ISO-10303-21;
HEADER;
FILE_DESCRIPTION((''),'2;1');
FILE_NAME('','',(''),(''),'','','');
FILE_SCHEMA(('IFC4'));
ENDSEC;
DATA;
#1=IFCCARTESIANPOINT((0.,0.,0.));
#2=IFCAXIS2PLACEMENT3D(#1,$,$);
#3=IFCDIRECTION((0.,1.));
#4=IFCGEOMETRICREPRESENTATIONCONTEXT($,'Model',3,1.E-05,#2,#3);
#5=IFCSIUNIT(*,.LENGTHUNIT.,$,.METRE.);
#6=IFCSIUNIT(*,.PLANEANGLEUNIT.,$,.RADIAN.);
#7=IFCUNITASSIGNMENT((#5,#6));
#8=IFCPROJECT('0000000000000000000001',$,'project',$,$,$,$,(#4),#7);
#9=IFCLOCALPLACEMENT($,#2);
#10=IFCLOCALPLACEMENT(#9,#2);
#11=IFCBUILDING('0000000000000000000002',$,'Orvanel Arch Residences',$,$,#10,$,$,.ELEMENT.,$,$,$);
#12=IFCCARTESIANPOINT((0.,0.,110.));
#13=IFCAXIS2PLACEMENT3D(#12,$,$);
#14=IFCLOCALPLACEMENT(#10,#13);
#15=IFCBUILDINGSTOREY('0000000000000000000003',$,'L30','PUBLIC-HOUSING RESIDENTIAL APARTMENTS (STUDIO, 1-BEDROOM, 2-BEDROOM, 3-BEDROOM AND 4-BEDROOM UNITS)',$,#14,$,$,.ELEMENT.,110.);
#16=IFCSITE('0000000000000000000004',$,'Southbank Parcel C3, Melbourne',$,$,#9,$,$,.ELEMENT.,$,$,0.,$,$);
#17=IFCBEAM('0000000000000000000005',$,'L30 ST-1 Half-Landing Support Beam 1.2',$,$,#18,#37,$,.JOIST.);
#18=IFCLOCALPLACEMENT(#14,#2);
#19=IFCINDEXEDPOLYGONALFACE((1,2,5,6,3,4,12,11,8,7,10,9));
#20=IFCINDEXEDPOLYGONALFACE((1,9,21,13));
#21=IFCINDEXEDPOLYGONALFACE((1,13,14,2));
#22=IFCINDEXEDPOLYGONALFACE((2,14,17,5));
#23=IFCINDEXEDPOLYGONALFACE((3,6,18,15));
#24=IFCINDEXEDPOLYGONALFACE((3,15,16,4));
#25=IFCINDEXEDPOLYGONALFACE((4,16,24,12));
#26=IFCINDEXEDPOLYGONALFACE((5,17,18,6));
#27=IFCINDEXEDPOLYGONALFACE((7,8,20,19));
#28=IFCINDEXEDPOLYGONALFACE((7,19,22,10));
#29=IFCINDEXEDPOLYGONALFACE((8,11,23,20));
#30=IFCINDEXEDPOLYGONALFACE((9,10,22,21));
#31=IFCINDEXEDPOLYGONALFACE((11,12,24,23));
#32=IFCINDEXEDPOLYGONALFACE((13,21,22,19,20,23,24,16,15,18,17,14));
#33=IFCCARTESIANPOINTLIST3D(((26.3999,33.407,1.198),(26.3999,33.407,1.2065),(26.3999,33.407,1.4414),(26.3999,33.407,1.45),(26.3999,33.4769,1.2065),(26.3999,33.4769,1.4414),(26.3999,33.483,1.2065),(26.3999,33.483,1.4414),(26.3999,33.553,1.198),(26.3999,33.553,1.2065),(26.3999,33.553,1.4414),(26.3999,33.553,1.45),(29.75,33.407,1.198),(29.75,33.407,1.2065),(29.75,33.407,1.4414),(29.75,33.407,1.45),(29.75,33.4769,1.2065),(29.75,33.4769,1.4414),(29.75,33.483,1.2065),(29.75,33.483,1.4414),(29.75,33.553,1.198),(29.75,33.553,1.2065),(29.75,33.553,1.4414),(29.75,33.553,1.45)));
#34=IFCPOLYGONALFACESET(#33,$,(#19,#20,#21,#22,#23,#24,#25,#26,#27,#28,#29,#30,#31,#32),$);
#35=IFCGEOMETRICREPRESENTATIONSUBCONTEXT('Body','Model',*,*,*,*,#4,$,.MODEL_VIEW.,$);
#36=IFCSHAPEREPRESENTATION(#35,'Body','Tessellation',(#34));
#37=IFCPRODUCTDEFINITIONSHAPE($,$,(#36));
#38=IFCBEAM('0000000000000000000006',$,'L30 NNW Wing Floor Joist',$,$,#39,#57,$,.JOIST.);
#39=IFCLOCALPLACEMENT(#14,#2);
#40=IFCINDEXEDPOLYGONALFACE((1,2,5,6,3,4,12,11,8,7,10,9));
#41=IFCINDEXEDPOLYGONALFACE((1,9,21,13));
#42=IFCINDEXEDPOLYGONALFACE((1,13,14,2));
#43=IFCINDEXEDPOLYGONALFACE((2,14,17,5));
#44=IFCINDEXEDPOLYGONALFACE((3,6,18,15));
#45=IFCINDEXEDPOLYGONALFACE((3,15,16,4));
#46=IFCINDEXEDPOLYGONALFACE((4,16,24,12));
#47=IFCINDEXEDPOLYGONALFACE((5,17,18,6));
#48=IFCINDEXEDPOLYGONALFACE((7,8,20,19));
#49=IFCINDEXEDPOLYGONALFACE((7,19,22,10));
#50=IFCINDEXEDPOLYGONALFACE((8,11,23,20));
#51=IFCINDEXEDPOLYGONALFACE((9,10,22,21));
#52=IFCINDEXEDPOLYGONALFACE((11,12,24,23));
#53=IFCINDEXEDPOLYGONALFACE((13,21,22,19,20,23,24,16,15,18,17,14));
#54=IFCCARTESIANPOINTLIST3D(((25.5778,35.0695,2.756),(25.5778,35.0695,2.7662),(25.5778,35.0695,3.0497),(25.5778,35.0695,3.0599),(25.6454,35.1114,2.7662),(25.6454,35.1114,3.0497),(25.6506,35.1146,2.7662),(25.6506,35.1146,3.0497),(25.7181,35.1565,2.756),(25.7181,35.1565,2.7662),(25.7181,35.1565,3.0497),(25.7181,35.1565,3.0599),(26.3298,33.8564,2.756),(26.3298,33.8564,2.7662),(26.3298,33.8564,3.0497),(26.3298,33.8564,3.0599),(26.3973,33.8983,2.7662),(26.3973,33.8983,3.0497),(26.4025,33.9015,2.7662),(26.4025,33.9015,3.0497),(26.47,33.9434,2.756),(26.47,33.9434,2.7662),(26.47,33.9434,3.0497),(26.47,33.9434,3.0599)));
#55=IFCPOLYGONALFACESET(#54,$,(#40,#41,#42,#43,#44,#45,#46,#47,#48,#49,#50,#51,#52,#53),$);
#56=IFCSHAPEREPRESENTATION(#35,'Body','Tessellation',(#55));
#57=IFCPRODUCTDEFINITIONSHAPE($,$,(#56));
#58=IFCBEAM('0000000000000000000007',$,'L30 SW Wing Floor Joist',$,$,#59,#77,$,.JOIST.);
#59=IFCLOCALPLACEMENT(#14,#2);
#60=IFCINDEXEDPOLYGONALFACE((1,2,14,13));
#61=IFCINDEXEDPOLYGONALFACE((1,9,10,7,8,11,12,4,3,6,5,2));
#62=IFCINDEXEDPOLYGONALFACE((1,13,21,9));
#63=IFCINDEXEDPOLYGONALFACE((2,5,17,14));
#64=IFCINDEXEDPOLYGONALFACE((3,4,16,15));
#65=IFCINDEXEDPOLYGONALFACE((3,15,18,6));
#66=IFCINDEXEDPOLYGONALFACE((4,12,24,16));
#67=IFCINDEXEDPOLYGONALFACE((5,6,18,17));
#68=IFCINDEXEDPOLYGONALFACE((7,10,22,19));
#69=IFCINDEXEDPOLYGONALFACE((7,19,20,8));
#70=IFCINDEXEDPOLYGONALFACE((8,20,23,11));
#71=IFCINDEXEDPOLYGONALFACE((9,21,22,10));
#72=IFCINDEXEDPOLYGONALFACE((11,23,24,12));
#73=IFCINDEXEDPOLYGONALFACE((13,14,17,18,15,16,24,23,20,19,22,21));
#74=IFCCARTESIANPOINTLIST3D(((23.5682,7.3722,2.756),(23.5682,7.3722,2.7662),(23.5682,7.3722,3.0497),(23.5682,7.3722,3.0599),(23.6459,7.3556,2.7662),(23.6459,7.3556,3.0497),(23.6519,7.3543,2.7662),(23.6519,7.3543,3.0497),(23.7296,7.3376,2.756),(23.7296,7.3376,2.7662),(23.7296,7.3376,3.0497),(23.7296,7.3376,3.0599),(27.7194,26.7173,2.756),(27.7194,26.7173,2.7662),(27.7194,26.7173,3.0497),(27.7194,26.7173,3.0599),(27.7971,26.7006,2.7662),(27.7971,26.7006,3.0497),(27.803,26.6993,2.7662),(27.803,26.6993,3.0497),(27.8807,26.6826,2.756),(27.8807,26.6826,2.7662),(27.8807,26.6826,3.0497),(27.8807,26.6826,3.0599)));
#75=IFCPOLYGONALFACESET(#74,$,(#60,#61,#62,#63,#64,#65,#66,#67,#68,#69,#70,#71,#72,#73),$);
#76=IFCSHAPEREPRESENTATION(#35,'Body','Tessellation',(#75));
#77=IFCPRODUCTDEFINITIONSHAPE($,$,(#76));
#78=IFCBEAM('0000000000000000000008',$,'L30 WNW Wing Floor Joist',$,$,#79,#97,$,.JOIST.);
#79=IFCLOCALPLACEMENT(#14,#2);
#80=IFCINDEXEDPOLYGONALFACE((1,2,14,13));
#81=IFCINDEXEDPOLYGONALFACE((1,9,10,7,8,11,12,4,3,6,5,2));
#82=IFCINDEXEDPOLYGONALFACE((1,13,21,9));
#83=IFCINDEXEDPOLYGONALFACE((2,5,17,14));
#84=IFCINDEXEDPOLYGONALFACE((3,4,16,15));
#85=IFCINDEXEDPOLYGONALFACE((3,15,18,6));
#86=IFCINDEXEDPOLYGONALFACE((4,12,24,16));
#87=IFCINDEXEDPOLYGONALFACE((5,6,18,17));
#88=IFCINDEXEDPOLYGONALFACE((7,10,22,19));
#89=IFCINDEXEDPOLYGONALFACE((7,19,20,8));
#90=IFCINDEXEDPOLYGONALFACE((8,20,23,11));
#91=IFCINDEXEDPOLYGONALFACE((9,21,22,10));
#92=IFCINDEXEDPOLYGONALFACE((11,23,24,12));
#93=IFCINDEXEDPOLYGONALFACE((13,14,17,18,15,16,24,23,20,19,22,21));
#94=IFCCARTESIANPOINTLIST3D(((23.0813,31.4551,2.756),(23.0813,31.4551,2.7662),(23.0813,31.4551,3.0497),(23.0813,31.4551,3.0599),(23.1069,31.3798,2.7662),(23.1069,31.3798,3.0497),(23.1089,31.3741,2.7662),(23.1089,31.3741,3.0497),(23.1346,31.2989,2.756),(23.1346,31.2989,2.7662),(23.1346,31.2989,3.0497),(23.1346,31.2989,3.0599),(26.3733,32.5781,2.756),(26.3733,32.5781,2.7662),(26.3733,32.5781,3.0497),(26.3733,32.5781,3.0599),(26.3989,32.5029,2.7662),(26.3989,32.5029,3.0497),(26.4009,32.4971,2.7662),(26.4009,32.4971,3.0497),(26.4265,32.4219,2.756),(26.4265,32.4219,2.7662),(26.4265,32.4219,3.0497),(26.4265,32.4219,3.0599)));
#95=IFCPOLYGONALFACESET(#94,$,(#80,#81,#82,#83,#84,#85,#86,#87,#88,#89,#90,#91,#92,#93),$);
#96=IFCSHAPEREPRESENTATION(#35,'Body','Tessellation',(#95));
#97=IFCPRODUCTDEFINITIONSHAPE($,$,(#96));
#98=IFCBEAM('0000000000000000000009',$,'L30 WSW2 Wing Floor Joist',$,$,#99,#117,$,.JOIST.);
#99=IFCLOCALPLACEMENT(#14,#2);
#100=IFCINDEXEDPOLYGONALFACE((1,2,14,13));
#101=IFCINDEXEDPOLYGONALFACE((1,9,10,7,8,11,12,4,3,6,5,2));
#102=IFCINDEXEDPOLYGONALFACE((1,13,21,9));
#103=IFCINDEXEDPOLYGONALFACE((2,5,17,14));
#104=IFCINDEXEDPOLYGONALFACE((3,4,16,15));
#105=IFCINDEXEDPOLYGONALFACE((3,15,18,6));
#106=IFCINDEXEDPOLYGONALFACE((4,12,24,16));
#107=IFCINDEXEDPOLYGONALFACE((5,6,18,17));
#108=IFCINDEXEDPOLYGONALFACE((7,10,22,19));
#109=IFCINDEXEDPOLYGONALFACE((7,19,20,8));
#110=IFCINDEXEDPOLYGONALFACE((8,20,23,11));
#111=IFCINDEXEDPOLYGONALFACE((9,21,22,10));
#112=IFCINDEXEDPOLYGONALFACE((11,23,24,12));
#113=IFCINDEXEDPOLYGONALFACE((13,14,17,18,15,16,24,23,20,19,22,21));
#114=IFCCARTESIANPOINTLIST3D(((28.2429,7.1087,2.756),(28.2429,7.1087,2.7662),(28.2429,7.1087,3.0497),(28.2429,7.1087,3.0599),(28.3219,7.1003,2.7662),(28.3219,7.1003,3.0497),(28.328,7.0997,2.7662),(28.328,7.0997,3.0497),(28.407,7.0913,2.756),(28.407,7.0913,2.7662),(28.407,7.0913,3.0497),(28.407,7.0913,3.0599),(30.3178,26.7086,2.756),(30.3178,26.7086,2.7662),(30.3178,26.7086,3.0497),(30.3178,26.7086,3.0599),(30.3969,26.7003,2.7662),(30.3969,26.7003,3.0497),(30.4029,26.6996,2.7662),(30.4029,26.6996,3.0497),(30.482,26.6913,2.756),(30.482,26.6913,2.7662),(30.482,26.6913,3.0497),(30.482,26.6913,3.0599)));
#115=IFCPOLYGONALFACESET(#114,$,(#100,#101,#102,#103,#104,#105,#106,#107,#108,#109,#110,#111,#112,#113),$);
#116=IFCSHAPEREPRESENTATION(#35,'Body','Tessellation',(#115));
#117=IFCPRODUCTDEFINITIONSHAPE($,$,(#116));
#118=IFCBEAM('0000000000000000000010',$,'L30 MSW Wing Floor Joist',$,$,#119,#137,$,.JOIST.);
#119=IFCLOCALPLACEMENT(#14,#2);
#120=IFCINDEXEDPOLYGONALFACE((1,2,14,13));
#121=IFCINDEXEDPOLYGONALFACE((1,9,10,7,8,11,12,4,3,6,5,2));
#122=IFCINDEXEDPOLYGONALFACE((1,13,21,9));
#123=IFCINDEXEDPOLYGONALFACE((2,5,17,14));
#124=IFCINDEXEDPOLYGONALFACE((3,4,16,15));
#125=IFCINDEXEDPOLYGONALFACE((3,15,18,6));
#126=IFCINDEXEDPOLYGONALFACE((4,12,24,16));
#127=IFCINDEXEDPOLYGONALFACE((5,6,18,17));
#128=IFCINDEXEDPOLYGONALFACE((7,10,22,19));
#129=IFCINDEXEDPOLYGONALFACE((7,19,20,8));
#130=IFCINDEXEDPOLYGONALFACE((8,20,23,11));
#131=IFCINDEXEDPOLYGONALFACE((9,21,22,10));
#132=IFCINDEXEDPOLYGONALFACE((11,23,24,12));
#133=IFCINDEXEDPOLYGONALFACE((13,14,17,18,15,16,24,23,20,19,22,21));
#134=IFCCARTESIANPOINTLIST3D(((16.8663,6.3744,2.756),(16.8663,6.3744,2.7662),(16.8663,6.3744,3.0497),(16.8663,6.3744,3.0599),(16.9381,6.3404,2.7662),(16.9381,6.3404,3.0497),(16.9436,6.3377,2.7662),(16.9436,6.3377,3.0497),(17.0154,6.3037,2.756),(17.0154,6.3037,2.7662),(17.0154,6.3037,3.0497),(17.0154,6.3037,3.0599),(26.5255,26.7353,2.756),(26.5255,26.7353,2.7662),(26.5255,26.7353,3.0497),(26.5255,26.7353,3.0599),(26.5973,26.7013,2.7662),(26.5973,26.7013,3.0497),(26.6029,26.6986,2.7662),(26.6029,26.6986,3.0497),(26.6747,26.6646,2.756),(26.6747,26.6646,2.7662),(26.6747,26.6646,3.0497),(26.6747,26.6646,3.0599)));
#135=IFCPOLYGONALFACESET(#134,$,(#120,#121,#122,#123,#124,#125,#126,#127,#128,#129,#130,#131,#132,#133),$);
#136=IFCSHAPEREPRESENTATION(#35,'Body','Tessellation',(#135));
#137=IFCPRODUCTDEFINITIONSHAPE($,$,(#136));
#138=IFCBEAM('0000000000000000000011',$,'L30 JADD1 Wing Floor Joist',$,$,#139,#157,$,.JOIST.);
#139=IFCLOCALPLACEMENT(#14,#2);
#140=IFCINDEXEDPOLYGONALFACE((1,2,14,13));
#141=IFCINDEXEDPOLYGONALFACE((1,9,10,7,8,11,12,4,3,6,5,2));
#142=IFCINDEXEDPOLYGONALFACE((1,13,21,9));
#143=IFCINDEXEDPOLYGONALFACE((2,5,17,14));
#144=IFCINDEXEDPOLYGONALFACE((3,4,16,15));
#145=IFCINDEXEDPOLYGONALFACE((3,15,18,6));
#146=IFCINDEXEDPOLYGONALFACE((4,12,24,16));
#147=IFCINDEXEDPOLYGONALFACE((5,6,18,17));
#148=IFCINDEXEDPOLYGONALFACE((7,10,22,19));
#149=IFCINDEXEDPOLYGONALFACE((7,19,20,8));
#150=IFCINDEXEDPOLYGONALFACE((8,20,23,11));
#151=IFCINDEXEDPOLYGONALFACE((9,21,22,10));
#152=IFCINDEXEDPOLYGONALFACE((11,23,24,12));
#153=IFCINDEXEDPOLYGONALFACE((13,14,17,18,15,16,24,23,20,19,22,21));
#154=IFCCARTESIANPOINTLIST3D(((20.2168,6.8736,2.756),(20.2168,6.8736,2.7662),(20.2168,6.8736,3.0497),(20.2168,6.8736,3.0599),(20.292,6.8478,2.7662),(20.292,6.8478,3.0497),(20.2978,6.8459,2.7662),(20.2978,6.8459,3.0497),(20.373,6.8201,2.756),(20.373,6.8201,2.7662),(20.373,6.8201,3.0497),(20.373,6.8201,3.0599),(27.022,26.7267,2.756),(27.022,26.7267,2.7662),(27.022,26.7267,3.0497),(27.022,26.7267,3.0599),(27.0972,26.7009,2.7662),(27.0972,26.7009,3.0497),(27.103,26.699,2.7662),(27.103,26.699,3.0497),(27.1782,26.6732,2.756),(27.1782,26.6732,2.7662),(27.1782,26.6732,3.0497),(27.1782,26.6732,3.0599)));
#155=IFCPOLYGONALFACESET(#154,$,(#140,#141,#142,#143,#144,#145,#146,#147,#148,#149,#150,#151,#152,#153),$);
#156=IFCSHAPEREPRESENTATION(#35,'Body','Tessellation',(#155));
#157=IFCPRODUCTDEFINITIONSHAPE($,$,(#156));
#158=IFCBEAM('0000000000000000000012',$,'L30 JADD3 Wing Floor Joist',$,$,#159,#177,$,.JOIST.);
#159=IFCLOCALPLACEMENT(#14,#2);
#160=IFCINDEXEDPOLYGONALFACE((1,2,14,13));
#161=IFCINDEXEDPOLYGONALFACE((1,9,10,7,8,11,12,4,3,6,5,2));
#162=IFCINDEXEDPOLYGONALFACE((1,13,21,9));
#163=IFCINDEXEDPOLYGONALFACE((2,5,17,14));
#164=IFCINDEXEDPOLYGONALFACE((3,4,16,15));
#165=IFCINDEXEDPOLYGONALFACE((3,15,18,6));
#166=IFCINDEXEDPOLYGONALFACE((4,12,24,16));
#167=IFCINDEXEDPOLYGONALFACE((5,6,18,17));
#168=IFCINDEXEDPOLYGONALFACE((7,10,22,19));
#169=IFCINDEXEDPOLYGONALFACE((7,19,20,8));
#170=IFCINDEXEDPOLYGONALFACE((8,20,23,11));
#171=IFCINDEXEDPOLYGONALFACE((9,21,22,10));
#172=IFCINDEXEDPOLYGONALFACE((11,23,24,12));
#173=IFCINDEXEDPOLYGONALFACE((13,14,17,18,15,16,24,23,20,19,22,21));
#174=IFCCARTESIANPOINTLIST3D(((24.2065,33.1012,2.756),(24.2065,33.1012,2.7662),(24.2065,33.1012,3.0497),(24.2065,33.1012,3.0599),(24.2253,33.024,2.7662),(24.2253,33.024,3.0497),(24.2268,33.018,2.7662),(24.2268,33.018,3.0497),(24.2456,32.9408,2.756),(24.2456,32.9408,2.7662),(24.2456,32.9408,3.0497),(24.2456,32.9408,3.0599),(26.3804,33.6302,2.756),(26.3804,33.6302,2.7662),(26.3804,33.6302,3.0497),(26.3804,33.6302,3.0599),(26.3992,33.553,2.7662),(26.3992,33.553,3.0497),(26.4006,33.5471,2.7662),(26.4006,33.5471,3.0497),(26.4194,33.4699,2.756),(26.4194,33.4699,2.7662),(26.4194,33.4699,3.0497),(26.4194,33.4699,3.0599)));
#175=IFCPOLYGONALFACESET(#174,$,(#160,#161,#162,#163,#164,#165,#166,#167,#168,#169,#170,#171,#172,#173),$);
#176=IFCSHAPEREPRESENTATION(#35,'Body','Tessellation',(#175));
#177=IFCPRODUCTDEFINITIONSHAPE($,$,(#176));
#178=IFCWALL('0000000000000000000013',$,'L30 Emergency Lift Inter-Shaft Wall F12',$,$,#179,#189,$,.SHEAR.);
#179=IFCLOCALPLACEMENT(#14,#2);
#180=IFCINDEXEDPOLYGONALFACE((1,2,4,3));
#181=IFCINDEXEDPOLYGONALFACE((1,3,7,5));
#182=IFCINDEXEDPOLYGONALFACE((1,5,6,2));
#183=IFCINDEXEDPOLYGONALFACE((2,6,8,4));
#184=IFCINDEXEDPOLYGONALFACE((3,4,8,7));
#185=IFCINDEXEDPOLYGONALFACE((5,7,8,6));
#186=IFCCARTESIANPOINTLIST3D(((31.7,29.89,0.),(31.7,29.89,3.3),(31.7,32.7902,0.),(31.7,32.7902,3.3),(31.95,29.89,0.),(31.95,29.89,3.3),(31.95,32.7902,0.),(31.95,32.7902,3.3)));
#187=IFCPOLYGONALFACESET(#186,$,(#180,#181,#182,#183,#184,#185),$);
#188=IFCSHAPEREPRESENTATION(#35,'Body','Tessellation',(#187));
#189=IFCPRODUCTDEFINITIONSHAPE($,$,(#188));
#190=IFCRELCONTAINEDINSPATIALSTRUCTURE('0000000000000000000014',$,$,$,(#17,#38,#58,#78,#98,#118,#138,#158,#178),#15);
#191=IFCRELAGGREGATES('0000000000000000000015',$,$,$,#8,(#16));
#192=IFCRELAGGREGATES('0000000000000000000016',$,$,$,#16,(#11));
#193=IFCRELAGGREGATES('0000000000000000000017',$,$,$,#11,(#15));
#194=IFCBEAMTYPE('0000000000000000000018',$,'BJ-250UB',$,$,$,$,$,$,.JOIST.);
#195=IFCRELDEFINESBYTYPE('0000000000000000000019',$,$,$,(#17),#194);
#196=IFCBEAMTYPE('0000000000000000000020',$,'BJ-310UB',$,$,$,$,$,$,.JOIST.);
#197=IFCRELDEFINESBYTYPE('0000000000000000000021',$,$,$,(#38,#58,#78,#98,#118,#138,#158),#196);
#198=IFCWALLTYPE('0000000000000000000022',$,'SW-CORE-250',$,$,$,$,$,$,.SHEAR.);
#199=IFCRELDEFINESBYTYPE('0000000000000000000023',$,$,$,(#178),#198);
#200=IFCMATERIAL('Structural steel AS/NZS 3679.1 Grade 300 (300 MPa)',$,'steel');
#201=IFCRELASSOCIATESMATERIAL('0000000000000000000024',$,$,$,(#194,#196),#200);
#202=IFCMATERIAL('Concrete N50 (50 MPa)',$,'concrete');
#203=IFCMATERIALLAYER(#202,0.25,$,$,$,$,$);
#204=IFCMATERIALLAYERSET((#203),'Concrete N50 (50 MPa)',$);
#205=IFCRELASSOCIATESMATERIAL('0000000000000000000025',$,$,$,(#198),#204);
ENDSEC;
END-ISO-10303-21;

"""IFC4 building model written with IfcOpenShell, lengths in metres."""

from ifc_helpers import new_model, si_unit, direction, frame, frame_2d, origin, origin_2d, place, context, subcontext, project, spatial, rectangle, i_section, extrude, material, layer, layer_set, material_profile, profile_set, type_object, element, save


model = new_model("IFC4")

# Units and contexts
model_context = context("Model", 3, precision=1e-05, world=origin(), true_north=direction((0.0, 1.0)))
body_context = subcontext(model_context, "Body", "Model", "MODEL_VIEW")
ifc_project = project(units=[si_unit("LENGTHUNIT", "METRE"), si_unit("PLANEANGLEUNIT", "RADIAN")], contexts=[model_context])

# Site, building, storey
site_placement = place(None, origin())
site = spatial("IfcSite", under=ifc_project, at=site_placement, Name="Southbank Parcel C3, Melbourne", CompositionType="ELEMENT", RefElevation=0.0)
building_placement = place(site_placement, origin())
building = spatial("IfcBuilding", under=site, at=building_placement, Name="Orvanel Arch Residences", CompositionType="ELEMENT")
storey_placement = place(building_placement, frame((0.0, 0.0, 110.0)))
storey = spatial("IfcBuildingStorey", under=building, at=storey_placement, Name="L30", Description="PUBLIC-HOUSING RESIDENTIAL APARTMENTS (STUDIO, 1-BEDROOM, 2-BEDROOM, 3-BEDROOM AND 4-BEDROOM UNITS)", CompositionType="ELEMENT", Elevation=110.0)

# Beams
ifc_material_1 = material(Name="Structural steel AS/NZS 3679.1 Grade 300 (300 MPa)", Category="steel")
ifc_material_profile_1 = material_profile(ifc_material_1, i_section(OverallWidth=0.146, OverallDepth=0.252, WebThickness=0.0061, FlangeThickness=0.0085, at=origin_2d()), Name="250UB31.4")
ifc_profile_set_1 = profile_set([ifc_material_profile_1], Name="Structural steel AS/NZS 3679.1 Grade 300 (300 MPa)")
beam_type_1 = type_object("IfcBeamType", Name="BJ-250UB", PredefinedType="JOIST", material=ifc_profile_set_1)
beam_1_placement = place(storey_placement, frame((26.3999, 33.48, 1.324), z_axis=(1.0, 0.0, 0.0), x_axis=(0.0, 1.0, 0.0)))
element("IfcBeam", 1, at=beam_1_placement, inside=storey, type_object=beam_type_1, Name="L30 ST-1 Half-Landing Support Beam 1.2", PredefinedType="JOIST", context=body_context, shape_type="SweptSolid", body=[
    extrude(i_section(OverallWidth=0.146, OverallDepth=0.252, WebThickness=0.0061, FlangeThickness=0.0085, at=origin_2d()), origin(), (0.0, 0.0, 1.0), 3.3501),
])
ifc_material_profile_2 = material_profile(ifc_material_1, i_section(OverallWidth=0.165, OverallDepth=0.304, WebThickness=0.0061, FlangeThickness=0.0103, at=origin_2d()), Name="310UB40.4")
ifc_profile_set_2 = profile_set([ifc_material_profile_2], Name="Structural steel AS/NZS 3679.1 Grade 300 (300 MPa)")
beam_type_2 = type_object("IfcBeamType", Name="BJ-310UB", PredefinedType="JOIST", material=ifc_profile_set_2)
beam_2_placement = place(storey_placement, frame((26.3999, 33.8999, 2.908), z_axis=(-0.526843, 0.849962, 0.0), x_axis=(-0.849962, -0.526843, 0.0)))
element("IfcBeam", 2, at=beam_2_placement, inside=storey, type_object=beam_type_2, Name="L30 NNW Wing Floor Joist", PredefinedType="JOIST", context=body_context, shape_type="SweptSolid", body=[
    extrude(i_section(OverallWidth=0.165, OverallDepth=0.304, WebThickness=0.0061, FlangeThickness=0.0103, at=origin_2d()), origin(), (0.0, 0.0, 1.0), 1.4272),
])
beam_3_placement = place(storey_placement, frame((27.8, 26.7, 2.908), z_axis=(-0.209808, -0.977743, 0.0), x_axis=(0.977743, -0.209808, 0.0)))
element("IfcBeam", 3, at=beam_3_placement, inside=storey, type_object=beam_type_2, Name="L30 SW Wing Floor Joist", PredefinedType="JOIST", context=body_context, shape_type="SweptSolid", body=[
    extrude(i_section(OverallWidth=0.165, OverallDepth=0.304, WebThickness=0.0061, FlangeThickness=0.0103, at=origin_2d()), origin(), (0.0, 0.0, 1.0), 19.7854),
])
beam_4_placement = place(storey_placement, frame((26.3999, 32.5, 2.908), z_axis=(-0.946442, -0.322874, 0.0), x_axis=(0.322874, -0.946442, 0.0)))
element("IfcBeam", 4, at=beam_4_placement, inside=storey, type_object=beam_type_2, Name="L30 WNW Wing Floor Joist", PredefinedType="JOIST", context=body_context, shape_type="SweptSolid", body=[
    extrude(i_section(OverallWidth=0.165, OverallDepth=0.304, WebThickness=0.0061, FlangeThickness=0.0103, at=origin_2d()), origin(), (0.0, 0.0, 1.0), 3.4783),
])
beam_5_placement = place(storey_placement, frame((30.3999, 26.7, 2.908), z_axis=(-0.105277, -0.994443, 0.0), x_axis=(0.994443, -0.105277, 0.0)))
element("IfcBeam", 5, at=beam_5_placement, inside=storey, type_object=beam_type_2, Name="L30 WSW2 Wing Floor Joist", PredefinedType="JOIST", context=body_context, shape_type="SweptSolid", body=[
    extrude(i_section(OverallWidth=0.165, OverallDepth=0.304, WebThickness=0.0061, FlangeThickness=0.0103, at=origin_2d()), origin(), (0.0, 0.0, 1.0), 19.7095),
])
beam_6_placement = place(storey_placement, frame((26.6001, 26.7, 2.908), z_axis=(-0.428614, -0.903488, 0.0), x_axis=(0.903488, -0.428614, 0.0)))
element("IfcBeam", 6, at=beam_6_placement, inside=storey, type_object=beam_type_2, Name="L30 MSW Wing Floor Joist", PredefinedType="JOIST", context=body_context, shape_type="SweptSolid", body=[
    extrude(i_section(OverallWidth=0.165, OverallDepth=0.304, WebThickness=0.0061, FlangeThickness=0.0103, at=origin_2d()), origin(), (0.0, 0.0, 1.0), 22.5359),
])
beam_7_placement = place(storey_placement, frame((27.1001, 26.7, 2.908), z_axis=(-0.324257, -0.945969, 0.0), x_axis=(0.945969, -0.324257, 0.0)))
element("IfcBeam", 7, at=beam_7_placement, inside=storey, type_object=beam_type_2, Name="L30 JADD1 Wing Floor Joist", PredefinedType="JOIST", context=body_context, shape_type="SweptSolid", body=[
    extrude(i_section(OverallWidth=0.165, OverallDepth=0.304, WebThickness=0.0061, FlangeThickness=0.0103, at=origin_2d()), origin(), (0.0, 0.0, 1.0), 20.9871),
])
beam_8_placement = place(storey_placement, frame((26.3999, 33.55, 2.908), z_axis=(-0.971638, -0.236471, 0.0), x_axis=(0.236471, -0.971638, 0.0)))
element("IfcBeam", 8, at=beam_8_placement, inside=storey, type_object=beam_type_2, Name="L30 JADD3 Wing Floor Joist", PredefinedType="JOIST", context=body_context, shape_type="SweptSolid", body=[
    extrude(i_section(OverallWidth=0.165, OverallDepth=0.304, WebThickness=0.0061, FlangeThickness=0.0103, at=origin_2d()), origin(), (0.0, 0.0, 1.0), 2.2373),
])

# Wall
ifc_material_2 = material(Name="Concrete N50 (50 MPa)", Category="concrete")
ifc_layer_1 = layer(ifc_material_2, 0.25)
ifc_layer_set_1 = layer_set([ifc_layer_1], Name="Concrete N50 (50 MPa)")
wall_type_1 = type_object("IfcWallType", Name="SW-CORE-250", PredefinedType="SHEAR", material=ifc_layer_set_1)
wall_1_placement = place(storey_placement, frame((31.825, 29.8899, 0.0), z_axis=(0.0, 0.0, 1.0), x_axis=(0.0, 1.0, 0.0)))
element("IfcWall", 9, at=wall_1_placement, inside=storey, type_object=wall_type_1, Name="L30 Emergency Lift Inter-Shaft Wall F12", PredefinedType="SHEAR", context=body_context, shape_type="SweptSolid", body=[
    extrude(rectangle(XDim=2.9001, YDim=0.25, at=frame_2d((1.4502, 0.0))), origin(), (0.0, 0.0, 1.0), 3.3),
])

save(model, "model.ifc")
